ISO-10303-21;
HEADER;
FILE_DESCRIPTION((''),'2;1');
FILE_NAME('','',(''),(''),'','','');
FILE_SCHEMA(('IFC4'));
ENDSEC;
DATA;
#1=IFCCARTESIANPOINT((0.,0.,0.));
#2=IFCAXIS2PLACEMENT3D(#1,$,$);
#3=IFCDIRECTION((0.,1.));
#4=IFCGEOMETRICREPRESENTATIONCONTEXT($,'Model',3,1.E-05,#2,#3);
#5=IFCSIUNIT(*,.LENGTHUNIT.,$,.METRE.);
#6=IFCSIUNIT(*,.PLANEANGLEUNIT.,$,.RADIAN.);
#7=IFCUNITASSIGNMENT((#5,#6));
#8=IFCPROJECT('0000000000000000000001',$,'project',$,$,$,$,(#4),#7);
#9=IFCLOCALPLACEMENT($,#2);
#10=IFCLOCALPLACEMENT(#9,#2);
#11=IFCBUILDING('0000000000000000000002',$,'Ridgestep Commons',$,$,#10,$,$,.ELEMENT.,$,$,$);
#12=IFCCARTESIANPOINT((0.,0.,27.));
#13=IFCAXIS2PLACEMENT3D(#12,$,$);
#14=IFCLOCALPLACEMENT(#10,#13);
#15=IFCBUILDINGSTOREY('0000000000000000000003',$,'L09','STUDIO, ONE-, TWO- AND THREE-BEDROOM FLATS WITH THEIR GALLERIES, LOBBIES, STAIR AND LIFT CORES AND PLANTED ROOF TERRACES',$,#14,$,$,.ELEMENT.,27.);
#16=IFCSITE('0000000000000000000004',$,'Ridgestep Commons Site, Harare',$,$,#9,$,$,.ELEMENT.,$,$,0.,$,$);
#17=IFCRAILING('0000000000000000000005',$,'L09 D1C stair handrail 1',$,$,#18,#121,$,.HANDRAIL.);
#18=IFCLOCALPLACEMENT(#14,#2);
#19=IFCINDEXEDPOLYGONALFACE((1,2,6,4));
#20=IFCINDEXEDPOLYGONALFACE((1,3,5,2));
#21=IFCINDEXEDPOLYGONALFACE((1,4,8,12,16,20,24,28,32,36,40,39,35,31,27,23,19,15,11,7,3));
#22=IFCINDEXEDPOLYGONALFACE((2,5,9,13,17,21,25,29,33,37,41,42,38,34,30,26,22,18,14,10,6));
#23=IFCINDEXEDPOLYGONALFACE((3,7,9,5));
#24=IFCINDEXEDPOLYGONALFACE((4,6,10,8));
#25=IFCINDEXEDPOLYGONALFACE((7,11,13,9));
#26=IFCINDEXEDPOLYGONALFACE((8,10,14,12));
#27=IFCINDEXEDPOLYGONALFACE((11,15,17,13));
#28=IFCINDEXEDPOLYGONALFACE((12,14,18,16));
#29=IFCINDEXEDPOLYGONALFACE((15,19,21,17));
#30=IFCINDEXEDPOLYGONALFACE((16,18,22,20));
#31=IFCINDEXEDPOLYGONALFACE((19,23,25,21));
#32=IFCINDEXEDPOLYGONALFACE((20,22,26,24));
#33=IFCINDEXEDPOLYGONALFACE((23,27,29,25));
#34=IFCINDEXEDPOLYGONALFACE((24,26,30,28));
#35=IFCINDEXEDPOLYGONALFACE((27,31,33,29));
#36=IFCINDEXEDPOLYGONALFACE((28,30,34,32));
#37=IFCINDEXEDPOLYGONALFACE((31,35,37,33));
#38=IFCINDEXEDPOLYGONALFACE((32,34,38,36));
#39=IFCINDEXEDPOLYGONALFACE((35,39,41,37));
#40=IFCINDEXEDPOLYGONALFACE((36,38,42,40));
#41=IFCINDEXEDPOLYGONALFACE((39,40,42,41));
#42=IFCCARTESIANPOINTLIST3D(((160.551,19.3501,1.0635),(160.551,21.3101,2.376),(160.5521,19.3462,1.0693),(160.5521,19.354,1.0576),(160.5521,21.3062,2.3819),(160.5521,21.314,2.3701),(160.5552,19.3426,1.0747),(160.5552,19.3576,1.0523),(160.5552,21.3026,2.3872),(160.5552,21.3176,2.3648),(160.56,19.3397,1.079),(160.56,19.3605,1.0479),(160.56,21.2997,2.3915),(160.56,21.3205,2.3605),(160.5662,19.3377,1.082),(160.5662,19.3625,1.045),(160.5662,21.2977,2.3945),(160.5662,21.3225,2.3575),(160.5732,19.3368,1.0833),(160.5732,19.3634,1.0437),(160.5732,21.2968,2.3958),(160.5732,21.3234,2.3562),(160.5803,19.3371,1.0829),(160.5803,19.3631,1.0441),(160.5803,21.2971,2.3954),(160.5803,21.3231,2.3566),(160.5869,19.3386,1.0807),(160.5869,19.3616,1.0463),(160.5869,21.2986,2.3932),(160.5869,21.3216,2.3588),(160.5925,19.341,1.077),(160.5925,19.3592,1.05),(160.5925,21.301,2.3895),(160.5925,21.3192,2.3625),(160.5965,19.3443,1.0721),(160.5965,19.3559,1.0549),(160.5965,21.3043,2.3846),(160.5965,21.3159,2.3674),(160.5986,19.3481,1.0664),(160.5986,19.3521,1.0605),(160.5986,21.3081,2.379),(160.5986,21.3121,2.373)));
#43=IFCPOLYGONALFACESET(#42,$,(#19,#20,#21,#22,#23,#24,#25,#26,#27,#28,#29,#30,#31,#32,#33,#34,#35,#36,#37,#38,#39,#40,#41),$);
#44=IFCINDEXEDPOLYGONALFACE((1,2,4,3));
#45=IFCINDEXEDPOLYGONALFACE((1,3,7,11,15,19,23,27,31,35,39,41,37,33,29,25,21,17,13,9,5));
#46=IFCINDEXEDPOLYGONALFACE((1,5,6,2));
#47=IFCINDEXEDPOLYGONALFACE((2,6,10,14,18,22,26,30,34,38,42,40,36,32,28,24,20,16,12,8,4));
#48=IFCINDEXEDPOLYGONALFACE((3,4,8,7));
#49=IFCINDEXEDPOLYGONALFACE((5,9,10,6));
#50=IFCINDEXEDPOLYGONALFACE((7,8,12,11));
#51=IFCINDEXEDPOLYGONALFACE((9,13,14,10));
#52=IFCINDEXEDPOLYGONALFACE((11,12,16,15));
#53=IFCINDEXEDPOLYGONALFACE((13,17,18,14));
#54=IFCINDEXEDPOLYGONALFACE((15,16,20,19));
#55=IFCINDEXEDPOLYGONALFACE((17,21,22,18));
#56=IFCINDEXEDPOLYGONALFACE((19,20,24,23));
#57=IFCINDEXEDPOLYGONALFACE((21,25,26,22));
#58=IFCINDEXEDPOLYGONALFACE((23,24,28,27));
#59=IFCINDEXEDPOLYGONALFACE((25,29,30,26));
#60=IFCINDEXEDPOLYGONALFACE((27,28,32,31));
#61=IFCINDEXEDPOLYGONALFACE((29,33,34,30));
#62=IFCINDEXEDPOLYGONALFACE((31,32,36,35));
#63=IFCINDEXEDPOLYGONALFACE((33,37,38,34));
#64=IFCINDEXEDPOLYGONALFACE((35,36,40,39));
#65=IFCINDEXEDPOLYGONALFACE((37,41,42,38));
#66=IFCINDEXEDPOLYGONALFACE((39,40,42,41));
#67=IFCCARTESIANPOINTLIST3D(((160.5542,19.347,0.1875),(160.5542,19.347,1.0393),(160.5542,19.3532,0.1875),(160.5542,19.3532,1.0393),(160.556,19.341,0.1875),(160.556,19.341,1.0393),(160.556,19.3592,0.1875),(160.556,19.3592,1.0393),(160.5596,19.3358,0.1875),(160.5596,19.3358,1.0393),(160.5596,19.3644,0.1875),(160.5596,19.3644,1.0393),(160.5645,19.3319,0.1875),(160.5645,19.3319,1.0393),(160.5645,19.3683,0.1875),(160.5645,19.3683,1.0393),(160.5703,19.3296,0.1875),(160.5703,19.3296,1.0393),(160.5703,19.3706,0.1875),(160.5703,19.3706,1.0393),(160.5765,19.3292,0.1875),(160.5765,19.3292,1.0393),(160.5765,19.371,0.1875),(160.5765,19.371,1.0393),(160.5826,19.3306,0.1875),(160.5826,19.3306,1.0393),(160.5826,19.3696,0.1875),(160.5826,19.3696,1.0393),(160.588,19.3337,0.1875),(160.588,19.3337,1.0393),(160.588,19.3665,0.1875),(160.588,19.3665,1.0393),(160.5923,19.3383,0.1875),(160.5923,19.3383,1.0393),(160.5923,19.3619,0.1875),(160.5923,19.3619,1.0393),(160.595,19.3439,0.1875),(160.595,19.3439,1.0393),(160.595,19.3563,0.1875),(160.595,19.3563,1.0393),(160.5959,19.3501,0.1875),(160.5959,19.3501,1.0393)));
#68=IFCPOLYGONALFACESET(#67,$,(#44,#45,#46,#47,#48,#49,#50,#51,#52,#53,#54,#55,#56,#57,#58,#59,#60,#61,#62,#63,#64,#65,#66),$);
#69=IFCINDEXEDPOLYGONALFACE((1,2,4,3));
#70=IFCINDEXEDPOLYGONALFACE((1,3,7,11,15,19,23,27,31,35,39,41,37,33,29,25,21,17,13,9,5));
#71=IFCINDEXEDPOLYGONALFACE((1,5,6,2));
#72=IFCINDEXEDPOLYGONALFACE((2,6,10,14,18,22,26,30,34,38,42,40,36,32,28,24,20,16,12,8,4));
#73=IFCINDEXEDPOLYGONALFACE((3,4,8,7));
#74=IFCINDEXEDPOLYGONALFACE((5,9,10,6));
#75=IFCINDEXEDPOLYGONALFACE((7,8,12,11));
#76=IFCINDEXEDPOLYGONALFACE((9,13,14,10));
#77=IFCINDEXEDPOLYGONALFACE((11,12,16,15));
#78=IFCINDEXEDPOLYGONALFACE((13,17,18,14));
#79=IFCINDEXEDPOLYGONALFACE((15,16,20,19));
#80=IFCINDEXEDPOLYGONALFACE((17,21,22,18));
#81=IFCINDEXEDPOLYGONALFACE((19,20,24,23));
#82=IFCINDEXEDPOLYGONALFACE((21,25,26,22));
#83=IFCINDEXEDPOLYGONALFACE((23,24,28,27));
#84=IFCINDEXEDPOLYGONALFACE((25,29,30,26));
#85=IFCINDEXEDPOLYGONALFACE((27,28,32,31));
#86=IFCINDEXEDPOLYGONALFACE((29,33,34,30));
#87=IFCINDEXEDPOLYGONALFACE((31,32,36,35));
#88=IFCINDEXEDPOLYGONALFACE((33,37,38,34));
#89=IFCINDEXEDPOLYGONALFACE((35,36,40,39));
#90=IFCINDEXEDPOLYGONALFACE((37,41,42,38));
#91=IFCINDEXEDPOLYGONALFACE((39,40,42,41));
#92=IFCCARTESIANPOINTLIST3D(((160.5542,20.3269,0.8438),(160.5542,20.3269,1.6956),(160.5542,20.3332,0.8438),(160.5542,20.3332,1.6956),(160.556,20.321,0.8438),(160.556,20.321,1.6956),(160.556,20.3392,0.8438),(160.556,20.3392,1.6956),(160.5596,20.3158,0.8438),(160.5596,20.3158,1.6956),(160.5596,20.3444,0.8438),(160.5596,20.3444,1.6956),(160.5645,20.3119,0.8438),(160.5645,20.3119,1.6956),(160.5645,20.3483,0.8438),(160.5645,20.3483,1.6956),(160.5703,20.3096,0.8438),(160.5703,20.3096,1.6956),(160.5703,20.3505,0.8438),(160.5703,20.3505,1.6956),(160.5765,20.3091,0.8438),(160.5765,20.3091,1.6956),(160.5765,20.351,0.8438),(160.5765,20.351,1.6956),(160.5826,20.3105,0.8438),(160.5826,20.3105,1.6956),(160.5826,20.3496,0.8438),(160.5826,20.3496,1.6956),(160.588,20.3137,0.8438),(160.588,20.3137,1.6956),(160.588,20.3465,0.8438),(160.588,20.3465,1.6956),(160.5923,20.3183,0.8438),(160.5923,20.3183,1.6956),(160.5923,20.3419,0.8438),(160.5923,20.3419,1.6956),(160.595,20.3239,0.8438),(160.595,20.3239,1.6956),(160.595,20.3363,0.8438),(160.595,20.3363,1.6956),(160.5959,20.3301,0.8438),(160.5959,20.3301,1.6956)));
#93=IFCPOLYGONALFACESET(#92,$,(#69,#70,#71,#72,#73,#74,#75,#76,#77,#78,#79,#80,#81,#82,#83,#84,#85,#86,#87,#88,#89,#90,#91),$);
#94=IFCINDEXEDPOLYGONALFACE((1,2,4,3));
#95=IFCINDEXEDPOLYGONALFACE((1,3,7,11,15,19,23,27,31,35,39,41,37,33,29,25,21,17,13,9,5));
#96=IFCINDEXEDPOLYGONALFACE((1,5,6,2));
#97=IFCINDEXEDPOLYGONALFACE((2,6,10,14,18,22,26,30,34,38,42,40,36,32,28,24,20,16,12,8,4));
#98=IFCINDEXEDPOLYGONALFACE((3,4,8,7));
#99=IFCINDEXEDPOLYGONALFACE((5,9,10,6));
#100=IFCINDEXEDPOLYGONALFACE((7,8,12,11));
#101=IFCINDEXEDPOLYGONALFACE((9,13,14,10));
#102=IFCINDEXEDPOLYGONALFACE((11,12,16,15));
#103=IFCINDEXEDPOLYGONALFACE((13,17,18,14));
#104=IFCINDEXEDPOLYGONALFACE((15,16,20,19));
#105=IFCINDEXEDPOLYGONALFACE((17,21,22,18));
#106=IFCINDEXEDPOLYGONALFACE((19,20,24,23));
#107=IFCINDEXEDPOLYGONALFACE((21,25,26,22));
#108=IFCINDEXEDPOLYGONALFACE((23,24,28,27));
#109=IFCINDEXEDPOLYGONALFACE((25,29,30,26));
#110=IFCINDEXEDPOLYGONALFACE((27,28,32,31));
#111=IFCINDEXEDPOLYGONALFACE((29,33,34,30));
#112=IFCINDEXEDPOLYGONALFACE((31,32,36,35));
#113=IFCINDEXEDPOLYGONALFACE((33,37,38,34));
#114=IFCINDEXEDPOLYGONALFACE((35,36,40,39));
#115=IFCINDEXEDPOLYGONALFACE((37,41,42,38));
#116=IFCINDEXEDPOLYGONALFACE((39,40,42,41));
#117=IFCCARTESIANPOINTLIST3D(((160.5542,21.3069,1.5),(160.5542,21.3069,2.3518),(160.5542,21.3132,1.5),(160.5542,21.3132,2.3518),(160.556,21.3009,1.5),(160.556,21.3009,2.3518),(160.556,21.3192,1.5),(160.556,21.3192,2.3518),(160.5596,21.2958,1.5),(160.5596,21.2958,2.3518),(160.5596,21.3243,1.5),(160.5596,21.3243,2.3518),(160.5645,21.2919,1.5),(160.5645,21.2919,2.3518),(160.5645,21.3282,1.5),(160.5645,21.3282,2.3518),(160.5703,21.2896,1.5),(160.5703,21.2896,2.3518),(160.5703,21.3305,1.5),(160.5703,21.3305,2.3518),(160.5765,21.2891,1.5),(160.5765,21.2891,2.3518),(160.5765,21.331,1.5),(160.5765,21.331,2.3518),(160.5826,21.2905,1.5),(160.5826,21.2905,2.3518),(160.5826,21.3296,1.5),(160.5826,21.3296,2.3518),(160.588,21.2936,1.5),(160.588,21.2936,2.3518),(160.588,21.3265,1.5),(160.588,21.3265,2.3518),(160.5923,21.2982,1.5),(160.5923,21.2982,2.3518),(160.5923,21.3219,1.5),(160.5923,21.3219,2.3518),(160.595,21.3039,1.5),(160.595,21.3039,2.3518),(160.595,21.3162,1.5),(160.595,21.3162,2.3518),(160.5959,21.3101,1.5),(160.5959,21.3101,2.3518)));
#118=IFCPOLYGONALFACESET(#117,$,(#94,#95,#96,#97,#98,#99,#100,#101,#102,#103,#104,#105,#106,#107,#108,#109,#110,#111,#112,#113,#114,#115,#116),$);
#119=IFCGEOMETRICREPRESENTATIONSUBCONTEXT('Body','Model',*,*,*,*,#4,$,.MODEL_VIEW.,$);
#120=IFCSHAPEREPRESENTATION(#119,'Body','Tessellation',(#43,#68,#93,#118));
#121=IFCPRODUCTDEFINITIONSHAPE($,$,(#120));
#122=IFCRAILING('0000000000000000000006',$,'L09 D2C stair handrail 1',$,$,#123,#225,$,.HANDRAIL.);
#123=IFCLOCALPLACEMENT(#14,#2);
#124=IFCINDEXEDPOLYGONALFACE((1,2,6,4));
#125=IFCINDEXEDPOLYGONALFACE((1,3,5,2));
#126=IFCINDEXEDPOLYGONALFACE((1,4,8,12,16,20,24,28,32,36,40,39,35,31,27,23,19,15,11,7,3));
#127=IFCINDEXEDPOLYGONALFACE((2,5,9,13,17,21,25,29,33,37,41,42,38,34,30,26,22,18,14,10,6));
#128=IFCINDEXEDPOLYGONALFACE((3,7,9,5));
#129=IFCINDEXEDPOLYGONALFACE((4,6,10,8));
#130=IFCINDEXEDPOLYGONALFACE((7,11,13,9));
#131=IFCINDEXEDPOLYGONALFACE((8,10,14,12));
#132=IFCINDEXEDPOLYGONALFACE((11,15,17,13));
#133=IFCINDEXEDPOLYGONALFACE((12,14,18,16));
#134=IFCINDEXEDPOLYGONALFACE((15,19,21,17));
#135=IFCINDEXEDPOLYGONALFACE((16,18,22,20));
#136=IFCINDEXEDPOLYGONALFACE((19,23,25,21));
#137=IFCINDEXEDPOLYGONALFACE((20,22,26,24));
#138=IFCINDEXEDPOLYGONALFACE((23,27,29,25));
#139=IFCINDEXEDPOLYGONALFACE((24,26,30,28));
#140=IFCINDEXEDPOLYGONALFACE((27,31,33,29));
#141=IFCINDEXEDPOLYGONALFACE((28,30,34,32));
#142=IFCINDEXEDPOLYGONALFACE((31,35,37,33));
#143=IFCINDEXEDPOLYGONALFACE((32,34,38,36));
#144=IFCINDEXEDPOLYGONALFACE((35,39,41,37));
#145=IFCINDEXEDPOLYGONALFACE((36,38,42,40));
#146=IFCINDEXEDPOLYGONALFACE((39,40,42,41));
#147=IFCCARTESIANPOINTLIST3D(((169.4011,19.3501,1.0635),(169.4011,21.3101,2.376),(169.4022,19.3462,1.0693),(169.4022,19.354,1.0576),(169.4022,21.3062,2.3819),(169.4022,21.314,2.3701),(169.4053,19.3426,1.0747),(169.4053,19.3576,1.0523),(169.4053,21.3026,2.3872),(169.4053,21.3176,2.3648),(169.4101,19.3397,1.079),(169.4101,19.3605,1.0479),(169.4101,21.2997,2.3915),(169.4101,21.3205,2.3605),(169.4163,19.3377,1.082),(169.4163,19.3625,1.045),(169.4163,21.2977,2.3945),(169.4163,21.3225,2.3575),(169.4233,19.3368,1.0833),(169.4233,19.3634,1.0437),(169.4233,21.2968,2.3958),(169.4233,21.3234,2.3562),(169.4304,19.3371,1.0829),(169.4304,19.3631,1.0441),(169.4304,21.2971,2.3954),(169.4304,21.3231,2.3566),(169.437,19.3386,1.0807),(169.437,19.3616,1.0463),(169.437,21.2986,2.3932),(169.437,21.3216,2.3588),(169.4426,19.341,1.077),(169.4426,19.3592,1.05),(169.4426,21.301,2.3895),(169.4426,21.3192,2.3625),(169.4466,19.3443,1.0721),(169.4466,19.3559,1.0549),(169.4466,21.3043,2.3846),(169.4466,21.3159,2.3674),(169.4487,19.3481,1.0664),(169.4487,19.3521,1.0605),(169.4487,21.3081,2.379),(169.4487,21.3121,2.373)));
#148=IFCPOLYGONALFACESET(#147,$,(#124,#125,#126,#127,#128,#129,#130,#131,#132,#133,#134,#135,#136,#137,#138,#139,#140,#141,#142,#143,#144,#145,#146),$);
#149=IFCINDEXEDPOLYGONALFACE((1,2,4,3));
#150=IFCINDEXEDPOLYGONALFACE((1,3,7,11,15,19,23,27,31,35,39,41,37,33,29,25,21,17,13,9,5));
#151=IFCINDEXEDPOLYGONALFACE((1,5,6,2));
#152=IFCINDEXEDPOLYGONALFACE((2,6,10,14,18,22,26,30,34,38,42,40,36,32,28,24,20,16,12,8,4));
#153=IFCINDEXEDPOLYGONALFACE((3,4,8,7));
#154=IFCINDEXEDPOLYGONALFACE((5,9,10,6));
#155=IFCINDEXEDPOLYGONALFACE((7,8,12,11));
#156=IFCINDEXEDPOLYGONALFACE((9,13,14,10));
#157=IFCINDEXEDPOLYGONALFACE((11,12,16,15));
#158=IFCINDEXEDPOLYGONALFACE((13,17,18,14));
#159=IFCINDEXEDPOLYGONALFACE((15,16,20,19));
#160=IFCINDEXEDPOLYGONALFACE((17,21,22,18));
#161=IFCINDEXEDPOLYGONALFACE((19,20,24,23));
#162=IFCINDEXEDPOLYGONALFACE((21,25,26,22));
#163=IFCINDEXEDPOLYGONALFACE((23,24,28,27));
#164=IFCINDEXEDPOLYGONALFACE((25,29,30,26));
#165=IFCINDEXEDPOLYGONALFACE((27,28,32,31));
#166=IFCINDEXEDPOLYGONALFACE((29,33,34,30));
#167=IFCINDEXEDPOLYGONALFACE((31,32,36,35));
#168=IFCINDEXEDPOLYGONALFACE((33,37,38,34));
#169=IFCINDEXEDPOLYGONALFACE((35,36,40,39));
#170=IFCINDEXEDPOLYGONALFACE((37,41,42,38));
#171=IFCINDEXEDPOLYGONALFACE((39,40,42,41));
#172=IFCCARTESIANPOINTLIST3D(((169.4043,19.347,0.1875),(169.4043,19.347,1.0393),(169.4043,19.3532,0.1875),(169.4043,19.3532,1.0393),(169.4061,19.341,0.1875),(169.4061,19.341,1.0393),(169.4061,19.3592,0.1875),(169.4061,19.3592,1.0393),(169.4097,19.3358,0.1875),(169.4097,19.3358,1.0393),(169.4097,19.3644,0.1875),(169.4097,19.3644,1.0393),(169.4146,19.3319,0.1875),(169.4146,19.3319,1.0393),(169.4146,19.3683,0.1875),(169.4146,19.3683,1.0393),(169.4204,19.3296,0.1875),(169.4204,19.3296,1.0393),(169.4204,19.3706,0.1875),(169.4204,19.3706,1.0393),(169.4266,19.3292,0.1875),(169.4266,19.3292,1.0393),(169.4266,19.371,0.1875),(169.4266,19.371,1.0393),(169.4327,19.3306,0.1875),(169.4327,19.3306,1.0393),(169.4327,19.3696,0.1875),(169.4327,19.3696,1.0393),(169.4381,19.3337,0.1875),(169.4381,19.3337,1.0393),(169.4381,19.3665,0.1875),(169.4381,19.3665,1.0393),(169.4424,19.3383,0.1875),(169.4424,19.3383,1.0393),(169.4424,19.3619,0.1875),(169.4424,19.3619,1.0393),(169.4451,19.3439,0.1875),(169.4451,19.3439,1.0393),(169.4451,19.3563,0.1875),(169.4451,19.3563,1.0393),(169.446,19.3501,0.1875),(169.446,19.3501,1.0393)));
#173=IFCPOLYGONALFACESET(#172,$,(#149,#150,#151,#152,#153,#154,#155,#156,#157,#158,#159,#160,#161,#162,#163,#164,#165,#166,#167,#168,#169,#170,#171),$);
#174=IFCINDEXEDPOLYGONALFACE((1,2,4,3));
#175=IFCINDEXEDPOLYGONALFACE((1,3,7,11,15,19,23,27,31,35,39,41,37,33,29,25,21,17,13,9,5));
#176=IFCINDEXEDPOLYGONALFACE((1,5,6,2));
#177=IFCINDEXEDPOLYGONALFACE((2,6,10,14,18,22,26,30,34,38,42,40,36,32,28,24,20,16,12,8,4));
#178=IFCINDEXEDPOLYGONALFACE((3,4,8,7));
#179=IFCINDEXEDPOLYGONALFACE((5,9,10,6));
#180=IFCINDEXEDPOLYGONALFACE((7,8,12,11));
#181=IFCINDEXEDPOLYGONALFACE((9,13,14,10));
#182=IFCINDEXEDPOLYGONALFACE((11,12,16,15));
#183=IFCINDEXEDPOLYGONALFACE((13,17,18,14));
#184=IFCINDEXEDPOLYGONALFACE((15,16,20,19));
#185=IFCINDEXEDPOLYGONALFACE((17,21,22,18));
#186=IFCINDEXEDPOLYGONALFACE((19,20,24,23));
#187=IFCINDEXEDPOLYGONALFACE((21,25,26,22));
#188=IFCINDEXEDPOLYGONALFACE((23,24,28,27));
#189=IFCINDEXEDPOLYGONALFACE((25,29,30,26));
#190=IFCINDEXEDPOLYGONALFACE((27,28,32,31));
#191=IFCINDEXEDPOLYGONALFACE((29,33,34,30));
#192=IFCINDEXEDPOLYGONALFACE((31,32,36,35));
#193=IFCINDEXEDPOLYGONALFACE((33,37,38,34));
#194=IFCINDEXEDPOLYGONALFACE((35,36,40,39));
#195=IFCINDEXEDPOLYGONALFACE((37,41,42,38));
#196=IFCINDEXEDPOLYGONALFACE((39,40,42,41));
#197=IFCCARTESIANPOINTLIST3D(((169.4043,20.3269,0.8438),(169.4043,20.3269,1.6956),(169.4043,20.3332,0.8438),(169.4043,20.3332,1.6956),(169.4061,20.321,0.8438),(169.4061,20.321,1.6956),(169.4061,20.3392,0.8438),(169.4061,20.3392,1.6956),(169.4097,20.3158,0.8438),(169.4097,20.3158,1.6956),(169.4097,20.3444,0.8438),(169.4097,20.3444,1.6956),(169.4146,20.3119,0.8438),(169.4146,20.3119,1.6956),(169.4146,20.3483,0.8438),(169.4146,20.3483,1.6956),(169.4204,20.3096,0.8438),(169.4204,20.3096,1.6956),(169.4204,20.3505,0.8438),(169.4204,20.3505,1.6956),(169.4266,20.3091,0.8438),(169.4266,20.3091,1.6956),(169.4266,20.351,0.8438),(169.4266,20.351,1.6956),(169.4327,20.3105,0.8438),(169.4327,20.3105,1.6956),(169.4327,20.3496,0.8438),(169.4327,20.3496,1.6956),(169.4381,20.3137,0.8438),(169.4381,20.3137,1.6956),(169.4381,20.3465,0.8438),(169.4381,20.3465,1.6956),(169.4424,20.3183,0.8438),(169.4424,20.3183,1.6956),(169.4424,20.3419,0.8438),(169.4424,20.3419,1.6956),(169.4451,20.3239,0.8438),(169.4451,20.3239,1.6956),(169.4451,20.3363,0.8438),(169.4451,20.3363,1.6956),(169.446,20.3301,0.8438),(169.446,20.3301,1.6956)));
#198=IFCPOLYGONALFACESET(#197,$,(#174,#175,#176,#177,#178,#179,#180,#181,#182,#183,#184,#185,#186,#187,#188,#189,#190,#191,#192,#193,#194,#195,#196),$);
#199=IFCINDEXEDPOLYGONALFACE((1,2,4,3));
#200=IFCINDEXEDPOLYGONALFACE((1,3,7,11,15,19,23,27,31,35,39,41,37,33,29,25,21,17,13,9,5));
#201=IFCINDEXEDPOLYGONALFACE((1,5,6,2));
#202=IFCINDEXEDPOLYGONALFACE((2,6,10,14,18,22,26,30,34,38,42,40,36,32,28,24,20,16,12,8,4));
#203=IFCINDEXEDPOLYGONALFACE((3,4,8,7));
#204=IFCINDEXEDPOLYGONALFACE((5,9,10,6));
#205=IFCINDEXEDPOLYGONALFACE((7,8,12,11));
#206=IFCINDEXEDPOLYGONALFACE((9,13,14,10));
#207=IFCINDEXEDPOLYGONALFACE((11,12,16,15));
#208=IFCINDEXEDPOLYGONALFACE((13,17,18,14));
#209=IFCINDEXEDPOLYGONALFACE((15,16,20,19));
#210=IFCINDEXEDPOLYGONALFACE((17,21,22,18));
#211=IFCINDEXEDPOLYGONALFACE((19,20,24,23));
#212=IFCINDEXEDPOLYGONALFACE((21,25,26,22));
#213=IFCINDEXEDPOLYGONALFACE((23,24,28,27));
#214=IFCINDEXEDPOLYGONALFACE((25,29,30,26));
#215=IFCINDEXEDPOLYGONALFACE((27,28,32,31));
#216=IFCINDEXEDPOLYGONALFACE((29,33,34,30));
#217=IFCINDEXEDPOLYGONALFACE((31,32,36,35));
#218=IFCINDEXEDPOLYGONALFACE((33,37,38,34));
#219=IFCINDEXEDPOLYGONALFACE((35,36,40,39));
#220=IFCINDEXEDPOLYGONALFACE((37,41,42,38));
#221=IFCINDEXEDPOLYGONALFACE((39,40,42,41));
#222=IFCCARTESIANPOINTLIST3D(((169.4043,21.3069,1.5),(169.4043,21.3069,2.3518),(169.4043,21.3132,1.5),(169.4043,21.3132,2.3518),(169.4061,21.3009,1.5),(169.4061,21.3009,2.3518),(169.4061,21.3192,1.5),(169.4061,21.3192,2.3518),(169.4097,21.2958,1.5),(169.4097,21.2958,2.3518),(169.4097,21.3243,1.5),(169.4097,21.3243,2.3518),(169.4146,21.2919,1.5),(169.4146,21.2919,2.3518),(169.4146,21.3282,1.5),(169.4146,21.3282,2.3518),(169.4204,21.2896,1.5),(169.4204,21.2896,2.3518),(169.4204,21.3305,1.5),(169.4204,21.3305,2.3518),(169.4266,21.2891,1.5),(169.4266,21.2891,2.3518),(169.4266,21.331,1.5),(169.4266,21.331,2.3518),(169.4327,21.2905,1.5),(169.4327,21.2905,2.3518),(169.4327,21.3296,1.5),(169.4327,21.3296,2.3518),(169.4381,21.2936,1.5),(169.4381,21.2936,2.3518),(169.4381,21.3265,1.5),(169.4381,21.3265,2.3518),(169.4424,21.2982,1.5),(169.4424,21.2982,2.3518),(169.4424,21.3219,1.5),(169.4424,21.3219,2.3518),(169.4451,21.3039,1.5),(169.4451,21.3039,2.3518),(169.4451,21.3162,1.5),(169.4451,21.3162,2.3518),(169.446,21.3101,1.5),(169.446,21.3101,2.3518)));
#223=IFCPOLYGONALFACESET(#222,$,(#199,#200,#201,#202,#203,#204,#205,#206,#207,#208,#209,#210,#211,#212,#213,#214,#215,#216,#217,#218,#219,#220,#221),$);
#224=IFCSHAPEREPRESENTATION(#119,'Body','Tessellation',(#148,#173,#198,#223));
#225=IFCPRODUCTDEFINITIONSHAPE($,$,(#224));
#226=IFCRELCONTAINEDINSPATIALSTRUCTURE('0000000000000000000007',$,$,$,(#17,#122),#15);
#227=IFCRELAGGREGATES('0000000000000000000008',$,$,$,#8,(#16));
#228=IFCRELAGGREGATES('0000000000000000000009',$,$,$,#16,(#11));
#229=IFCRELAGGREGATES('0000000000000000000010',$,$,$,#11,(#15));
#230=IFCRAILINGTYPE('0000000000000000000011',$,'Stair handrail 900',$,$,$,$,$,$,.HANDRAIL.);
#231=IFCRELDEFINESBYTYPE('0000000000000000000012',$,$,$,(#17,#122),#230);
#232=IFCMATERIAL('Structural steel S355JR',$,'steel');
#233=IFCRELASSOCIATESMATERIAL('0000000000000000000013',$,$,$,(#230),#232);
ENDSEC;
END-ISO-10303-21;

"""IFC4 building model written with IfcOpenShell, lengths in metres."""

from ifc_helpers import new_model, si_unit, direction, frame, origin, origin_2d, place, context, subcontext, project, spatial, circle, extrude, material, type_object, element, save


model = new_model("IFC4")

# Units and contexts
model_context = context("Model", 3, precision=1e-05, world=origin(), true_north=direction((0.0, 1.0)))
body_context = subcontext(model_context, "Body", "Model", "MODEL_VIEW")
ifc_project = project(units=[si_unit("LENGTHUNIT", "METRE"), si_unit("PLANEANGLEUNIT", "RADIAN")], contexts=[model_context])

# Site, building, storey
site_placement = place(None, origin())
site = spatial("IfcSite", under=ifc_project, at=site_placement, Name="Ridgestep Commons Site, Harare", CompositionType="ELEMENT", RefElevation=0.0)
building_placement = place(site_placement, origin())
building = spatial("IfcBuilding", under=site, at=building_placement, Name="Ridgestep Commons", CompositionType="ELEMENT")
storey_placement = place(building_placement, frame((0.0, 0.0, 27.0)))
storey = spatial("IfcBuildingStorey", under=building, at=storey_placement, Name="L09", Description="STUDIO, ONE-, TWO- AND THREE-BEDROOM FLATS WITH THEIR GALLERIES, LOBBIES, STAIR AND LIFT CORES AND PLANTED ROOF TERRACES", CompositionType="ELEMENT", Elevation=27.0)

# Railings
ifc_material_1 = material(Name="Structural steel S355JR", Category="steel")
railing_type_1 = type_object("IfcRailingType", Name="Stair handrail 900", PredefinedType="HANDRAIL", material=ifc_material_1)
for number, where, name in (
    (1, (160.575, 19.3501, 0.1875), "L09 D1C stair handrail 1"),
    (2, (169.425, 19.3501, 0.1875), "L09 D2C stair handrail 1"),
):
    element("IfcRailing", number, at=place(storey_placement, frame(where)), inside=storey, type_object=railing_type_1, Name=name, PredefinedType="HANDRAIL", context=body_context, shape_type="SweptSolid", body=[
        extrude(circle(Radius=0.0239, at=origin_2d()), frame((0.0, 0.0, 0.876), z_axis=(0.0, 0.830902, 0.556419), x_axis=(-1.0, 0.0, 0.0)), (0.0, 0.0, 1.0), 2.3589),
        extrude(circle(Radius=0.021, at=origin_2d()), origin(), (0.0, 0.0, 1.0), 0.8518),
        extrude(circle(Radius=0.021, at=origin_2d()), frame((0.0, 0.98, 0.6562)), (0.0, 0.0, 1.0), 0.8518),
        extrude(circle(Radius=0.021, at=origin_2d()), frame((0.0, 1.96, 1.3125)), (0.0, 0.0, 1.0), 0.8518),
    ])

save(model, "model.ifc")
